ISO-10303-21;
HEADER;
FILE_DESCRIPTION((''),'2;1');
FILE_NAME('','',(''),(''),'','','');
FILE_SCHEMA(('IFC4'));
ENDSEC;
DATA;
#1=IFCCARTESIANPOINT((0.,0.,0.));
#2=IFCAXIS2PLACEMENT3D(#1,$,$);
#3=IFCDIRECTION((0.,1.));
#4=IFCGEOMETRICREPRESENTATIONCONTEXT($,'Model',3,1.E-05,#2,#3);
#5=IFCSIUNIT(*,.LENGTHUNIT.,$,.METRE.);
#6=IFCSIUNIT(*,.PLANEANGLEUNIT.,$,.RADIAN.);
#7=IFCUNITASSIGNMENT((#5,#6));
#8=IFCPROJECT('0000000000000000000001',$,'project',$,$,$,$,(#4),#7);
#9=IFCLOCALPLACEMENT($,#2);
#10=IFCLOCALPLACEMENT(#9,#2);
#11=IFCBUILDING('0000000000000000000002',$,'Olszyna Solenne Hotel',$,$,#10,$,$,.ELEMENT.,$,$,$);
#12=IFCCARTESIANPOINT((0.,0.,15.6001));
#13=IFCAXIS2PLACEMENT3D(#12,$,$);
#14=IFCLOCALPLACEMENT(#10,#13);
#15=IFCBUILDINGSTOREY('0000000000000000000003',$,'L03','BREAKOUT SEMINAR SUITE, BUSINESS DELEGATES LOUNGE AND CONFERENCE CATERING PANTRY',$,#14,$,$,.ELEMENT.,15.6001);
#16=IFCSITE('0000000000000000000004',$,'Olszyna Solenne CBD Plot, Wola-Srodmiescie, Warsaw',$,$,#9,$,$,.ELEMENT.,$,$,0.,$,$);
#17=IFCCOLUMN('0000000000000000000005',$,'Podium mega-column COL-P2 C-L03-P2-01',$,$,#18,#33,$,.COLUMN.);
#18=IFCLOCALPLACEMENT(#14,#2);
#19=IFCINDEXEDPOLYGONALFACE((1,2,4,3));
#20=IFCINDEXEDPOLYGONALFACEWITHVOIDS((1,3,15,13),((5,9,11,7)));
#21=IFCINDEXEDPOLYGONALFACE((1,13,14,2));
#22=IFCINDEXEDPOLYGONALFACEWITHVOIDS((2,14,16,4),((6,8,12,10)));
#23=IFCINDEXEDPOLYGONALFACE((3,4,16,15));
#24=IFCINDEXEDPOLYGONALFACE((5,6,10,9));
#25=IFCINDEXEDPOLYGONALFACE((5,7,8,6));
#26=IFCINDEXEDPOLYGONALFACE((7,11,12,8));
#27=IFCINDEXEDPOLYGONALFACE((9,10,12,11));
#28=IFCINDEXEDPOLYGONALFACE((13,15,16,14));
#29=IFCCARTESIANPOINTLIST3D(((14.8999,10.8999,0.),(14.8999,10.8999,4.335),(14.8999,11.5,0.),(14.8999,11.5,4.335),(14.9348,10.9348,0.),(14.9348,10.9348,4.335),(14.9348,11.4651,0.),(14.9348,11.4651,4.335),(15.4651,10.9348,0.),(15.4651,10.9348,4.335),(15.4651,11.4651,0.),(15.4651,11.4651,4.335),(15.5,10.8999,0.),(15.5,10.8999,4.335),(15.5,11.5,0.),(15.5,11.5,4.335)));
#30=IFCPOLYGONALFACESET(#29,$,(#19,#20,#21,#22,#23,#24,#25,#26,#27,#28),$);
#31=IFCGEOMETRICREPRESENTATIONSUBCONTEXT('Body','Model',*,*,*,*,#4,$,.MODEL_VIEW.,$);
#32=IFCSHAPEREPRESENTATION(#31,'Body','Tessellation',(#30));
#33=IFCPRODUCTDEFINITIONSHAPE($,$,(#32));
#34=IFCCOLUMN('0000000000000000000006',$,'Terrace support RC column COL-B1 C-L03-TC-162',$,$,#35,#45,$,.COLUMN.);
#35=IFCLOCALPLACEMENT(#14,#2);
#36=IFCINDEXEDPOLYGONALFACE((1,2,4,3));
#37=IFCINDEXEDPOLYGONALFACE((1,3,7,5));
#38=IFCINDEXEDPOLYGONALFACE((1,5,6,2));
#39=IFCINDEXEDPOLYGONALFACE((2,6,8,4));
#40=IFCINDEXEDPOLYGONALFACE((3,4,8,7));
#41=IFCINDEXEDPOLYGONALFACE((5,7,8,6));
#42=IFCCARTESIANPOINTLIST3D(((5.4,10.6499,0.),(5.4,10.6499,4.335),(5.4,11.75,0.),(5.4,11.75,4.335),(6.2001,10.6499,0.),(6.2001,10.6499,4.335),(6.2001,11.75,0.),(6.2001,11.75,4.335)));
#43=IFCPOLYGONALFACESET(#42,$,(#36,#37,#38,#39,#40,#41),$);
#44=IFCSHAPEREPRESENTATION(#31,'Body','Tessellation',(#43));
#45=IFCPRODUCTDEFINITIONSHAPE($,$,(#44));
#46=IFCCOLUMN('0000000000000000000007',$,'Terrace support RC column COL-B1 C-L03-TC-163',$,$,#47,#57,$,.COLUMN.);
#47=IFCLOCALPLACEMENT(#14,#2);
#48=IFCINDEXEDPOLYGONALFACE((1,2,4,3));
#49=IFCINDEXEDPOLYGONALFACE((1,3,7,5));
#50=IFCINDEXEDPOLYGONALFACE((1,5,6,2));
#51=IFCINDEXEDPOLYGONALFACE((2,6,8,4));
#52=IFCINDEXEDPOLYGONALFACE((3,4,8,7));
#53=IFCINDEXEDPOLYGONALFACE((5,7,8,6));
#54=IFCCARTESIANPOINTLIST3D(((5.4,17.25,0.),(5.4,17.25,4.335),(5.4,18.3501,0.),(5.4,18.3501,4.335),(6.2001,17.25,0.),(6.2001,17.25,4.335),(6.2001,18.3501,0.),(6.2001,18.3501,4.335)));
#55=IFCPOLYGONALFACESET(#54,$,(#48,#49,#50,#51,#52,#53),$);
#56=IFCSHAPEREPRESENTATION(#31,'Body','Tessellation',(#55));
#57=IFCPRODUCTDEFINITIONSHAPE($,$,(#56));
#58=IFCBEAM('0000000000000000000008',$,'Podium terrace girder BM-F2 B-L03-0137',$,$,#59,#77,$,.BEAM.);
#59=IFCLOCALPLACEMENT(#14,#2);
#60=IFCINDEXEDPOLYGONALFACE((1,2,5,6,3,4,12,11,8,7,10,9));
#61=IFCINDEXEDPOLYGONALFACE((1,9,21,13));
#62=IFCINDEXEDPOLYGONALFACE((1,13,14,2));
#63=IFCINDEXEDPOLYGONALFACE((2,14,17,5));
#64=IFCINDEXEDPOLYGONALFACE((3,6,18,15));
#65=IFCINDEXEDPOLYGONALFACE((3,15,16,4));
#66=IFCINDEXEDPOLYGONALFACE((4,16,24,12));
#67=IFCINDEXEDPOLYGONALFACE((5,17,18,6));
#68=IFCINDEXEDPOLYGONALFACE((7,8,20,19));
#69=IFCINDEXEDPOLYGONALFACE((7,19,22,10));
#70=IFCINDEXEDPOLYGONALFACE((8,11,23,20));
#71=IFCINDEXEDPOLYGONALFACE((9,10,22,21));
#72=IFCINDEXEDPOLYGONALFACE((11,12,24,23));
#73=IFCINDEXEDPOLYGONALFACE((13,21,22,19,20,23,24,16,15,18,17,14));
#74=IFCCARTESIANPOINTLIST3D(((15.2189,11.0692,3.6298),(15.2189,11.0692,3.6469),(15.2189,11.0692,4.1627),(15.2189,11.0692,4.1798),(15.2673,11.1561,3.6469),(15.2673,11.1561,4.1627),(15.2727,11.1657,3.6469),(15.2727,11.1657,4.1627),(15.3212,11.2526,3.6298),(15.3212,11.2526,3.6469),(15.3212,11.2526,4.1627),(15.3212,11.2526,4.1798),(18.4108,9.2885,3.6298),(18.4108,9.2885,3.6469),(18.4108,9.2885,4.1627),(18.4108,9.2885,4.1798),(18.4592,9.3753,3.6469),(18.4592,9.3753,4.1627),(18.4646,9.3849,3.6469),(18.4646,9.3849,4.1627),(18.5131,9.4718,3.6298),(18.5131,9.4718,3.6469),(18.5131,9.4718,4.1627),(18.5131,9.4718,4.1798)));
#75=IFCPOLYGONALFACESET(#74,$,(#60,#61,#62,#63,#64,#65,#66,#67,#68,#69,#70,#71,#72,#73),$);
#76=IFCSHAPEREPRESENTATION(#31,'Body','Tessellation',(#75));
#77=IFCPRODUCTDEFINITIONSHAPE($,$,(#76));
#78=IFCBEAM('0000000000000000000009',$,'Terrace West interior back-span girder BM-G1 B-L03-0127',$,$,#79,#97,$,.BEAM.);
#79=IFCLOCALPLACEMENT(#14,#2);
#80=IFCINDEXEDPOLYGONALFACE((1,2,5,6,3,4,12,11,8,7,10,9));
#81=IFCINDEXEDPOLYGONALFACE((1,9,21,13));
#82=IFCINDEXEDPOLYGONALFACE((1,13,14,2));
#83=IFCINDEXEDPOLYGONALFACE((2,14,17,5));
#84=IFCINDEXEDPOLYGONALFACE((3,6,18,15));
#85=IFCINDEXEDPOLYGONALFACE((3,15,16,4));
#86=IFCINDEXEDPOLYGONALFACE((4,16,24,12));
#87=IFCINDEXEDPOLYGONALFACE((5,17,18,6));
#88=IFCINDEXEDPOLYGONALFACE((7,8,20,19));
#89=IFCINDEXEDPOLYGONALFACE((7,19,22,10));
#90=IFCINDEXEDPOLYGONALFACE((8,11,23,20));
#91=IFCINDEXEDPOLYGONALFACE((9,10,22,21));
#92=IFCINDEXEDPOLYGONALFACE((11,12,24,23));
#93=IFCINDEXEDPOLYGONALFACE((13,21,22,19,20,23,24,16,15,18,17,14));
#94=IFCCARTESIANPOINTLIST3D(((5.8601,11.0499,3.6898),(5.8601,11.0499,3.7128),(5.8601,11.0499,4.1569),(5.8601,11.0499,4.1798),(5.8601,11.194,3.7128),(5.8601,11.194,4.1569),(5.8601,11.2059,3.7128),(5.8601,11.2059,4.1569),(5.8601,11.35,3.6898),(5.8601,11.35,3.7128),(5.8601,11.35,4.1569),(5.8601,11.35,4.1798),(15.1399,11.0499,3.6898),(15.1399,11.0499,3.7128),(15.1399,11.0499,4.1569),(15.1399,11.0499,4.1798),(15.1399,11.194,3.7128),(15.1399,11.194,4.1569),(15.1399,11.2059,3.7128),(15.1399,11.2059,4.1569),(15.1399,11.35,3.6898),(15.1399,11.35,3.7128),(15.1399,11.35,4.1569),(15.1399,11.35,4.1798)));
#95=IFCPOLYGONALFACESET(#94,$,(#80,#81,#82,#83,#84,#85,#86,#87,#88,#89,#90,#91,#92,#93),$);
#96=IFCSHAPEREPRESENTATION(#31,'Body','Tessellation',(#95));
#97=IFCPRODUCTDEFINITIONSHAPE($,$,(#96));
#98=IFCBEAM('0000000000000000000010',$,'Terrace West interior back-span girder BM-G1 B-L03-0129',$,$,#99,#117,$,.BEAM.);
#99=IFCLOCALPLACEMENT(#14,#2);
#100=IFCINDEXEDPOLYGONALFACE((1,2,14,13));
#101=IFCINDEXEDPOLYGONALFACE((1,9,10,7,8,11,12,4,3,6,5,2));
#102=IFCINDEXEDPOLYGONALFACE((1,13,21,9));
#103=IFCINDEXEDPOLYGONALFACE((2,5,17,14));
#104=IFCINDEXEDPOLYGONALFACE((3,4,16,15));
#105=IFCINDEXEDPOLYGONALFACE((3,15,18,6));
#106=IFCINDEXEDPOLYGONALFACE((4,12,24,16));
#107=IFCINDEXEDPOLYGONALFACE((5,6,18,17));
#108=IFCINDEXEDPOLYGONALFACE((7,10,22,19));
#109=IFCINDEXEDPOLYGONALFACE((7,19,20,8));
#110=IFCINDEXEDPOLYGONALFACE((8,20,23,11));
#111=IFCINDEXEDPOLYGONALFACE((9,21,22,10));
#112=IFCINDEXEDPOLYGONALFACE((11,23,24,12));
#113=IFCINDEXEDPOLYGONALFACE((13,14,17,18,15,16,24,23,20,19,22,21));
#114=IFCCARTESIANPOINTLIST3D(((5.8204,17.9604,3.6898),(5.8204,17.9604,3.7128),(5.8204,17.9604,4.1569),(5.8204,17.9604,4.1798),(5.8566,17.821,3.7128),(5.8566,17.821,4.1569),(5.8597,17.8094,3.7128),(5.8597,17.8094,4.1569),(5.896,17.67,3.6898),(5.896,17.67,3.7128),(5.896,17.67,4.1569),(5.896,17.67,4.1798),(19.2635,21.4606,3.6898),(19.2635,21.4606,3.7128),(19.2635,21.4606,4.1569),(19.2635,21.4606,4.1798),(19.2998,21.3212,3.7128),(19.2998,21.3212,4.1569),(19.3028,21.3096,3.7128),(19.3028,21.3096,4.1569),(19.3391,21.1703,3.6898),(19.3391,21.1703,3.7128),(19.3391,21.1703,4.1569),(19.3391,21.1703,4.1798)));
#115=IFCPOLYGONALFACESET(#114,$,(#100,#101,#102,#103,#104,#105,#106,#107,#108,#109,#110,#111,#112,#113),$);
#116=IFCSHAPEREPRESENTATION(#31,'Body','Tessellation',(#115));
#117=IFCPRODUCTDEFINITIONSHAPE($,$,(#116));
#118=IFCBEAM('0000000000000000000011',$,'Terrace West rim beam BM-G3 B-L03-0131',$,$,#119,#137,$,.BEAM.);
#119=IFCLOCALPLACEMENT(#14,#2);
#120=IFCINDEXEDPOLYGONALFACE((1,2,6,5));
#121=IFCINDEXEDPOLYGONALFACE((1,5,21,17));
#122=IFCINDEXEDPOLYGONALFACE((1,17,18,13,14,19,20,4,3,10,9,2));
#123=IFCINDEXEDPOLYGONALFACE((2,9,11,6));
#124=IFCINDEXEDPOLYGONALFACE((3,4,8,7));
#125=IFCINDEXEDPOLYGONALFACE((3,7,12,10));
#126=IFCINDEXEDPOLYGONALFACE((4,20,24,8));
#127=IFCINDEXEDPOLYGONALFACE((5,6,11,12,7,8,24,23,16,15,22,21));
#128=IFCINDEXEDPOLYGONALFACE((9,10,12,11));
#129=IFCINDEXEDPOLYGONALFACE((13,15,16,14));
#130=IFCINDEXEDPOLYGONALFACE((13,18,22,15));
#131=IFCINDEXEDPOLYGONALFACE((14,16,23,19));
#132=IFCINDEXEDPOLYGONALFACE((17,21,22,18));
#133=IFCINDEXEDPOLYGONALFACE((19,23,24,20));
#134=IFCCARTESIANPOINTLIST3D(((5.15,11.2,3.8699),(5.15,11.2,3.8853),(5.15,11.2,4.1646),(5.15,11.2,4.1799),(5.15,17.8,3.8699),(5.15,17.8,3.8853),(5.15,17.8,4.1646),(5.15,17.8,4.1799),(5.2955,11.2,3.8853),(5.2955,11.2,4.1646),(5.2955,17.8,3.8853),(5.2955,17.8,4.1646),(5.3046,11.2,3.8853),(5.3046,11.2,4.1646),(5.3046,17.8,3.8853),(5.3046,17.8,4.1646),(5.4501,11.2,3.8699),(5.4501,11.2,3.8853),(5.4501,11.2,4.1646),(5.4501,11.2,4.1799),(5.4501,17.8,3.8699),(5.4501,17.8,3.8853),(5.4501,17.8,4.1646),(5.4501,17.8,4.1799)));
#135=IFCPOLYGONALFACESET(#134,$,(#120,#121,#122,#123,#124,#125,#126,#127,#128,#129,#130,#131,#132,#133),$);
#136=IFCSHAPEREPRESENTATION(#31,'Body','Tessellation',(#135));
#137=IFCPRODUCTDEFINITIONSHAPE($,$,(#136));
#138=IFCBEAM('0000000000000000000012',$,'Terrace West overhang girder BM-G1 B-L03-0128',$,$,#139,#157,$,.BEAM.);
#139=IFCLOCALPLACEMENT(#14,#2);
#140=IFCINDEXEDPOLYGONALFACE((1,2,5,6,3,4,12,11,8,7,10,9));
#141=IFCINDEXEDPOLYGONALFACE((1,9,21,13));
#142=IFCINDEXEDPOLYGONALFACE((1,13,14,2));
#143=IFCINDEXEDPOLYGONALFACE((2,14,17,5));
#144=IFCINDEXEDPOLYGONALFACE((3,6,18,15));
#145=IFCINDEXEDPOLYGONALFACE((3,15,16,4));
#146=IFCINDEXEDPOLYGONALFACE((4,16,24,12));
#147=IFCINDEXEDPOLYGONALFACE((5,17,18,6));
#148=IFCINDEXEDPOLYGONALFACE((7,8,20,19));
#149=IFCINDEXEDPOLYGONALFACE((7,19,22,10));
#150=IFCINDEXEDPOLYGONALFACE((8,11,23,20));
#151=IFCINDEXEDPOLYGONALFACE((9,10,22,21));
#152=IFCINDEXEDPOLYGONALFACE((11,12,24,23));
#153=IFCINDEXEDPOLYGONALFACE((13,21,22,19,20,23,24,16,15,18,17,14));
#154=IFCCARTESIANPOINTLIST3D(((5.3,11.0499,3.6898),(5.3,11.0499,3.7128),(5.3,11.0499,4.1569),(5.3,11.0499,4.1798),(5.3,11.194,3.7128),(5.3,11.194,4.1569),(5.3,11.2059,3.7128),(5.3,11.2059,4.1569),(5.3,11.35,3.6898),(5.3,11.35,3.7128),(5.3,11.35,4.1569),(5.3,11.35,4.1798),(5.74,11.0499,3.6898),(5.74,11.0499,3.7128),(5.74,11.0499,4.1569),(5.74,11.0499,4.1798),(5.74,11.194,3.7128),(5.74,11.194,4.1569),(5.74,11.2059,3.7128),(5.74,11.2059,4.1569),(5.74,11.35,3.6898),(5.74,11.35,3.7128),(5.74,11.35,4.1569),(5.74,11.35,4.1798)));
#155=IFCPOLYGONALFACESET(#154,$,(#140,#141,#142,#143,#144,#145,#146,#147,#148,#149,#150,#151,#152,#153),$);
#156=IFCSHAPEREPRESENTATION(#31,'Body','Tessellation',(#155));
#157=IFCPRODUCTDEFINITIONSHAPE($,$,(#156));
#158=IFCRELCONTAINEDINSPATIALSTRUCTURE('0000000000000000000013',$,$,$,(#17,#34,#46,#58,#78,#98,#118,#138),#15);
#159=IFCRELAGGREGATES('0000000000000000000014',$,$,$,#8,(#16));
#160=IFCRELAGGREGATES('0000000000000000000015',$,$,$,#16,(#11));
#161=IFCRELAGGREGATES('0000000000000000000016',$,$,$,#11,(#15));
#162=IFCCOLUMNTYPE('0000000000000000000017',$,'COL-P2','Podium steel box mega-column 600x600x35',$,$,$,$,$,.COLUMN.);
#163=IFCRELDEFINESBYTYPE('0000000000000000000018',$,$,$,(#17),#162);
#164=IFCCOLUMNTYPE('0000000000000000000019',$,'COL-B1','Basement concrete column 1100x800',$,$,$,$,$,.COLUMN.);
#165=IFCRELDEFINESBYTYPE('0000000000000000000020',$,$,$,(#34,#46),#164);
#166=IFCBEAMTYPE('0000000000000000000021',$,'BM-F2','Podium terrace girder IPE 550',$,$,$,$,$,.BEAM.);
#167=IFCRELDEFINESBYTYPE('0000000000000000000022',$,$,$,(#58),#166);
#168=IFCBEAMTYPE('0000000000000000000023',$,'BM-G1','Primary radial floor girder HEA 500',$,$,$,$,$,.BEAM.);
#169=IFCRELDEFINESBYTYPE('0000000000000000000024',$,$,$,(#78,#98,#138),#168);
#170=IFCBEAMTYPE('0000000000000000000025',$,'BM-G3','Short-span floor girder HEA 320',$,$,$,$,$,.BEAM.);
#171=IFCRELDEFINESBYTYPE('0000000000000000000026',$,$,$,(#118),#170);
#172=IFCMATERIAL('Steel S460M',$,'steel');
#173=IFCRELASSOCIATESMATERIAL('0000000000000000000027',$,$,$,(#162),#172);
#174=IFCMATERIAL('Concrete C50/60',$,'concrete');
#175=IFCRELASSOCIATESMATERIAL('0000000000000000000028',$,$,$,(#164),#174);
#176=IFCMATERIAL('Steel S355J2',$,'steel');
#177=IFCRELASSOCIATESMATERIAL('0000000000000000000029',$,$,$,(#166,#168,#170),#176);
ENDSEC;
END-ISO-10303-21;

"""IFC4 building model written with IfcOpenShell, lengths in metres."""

from ifc_helpers import new_model, si_unit, direction, frame, origin, origin_2d, place, context, subcontext, project, spatial, rectangle, hollow_rectangle, i_section, extrude, source, transform, mapped, material, material_profile, profile_set, type_object, element, save


model = new_model("IFC4")

# Units and contexts
model_context = context("Model", 3, precision=1e-05, world=origin(), true_north=direction((0.0, 1.0)))
body_context = subcontext(model_context, "Body", "Model", "MODEL_VIEW")
ifc_project = project(units=[si_unit("LENGTHUNIT", "METRE"), si_unit("PLANEANGLEUNIT", "RADIAN")], contexts=[model_context])

# Site, building, storey
site_placement = place(None, origin())
site = spatial("IfcSite", under=ifc_project, at=site_placement, Name="Olszyna Solenne CBD Plot, Wola-Srodmiescie, Warsaw", CompositionType="ELEMENT", RefElevation=0.0)
building_placement = place(site_placement, origin())
building = spatial("IfcBuilding", under=site, at=building_placement, Name="Olszyna Solenne Hotel", CompositionType="ELEMENT")
storey_placement = place(building_placement, frame((0.0, 0.0, 15.6001)))
storey = spatial("IfcBuildingStorey", under=building, at=storey_placement, Name="L03", Description="BREAKOUT SEMINAR SUITE, BUSINESS DELEGATES LOUNGE AND CONFERENCE CATERING PANTRY", CompositionType="ELEMENT", Elevation=15.6001)

# Columns
ifc_material_1 = material(Name="Steel S460M", Category="steel")
ifc_material_profile_1 = material_profile(ifc_material_1, hollow_rectangle(XDim=0.6001, YDim=0.6001, WallThickness=0.0349, at=origin_2d()), Name="SHS 600x600x35", Category="load-bearing")
ifc_profile_set_1 = profile_set([ifc_material_profile_1], Name="Steel S460M")
column_type_1 = type_object("IfcColumnType", Name="COL-P2", Description="Podium steel box mega-column 600x600x35", PredefinedType="COLUMN", material=ifc_profile_set_1)
shared_shape_1 = source(origin(), body_context, "Body", "SweptSolid", [
    extrude(hollow_rectangle(XDim=0.6001, YDim=0.6001, WallThickness=0.0349, at=origin_2d()), origin(), (0.0, 0.0, 1.0), 4.335),
])
column_placement = place(storey_placement, frame((15.2, 11.2, 0.0), z_axis=(0.0, 0.0, 1.0), x_axis=(1.0, 0.0, 0.0)))
element("IfcColumn", 1, at=column_placement, inside=storey, type_object=column_type_1, Name="Podium mega-column COL-P2 C-L03-P2-01", PredefinedType="COLUMN", context=body_context, shape_type="MappedRepresentation", body=[
    mapped(shared_shape_1, transform((0.0, 0.0, 0.0), x_axis=(1.0, 0.0, 0.0), y_axis=(0.0, 1.0, 0.0), z_axis=(0.0, 0.0, 1.0), scale=1.0)),
])
ifc_material_2 = material(Name="Concrete C50/60", Category="concrete")
ifc_material_profile_2 = material_profile(ifc_material_2, rectangle(XDim=0.8, YDim=1.1001, at=origin_2d()), Name="RC 1100x800", Category="load-bearing")
ifc_profile_set_2 = profile_set([ifc_material_profile_2], Name="Concrete C50/60")
column_type_2 = type_object("IfcColumnType", Name="COL-B1", Description="Basement concrete column 1100x800", PredefinedType="COLUMN", material=ifc_profile_set_2)
shared_shape_2 = source(origin(), body_context, "Body", "SweptSolid", [
    extrude(rectangle(XDim=0.8, YDim=1.1001, at=origin_2d()), origin(), (0.0, 0.0, 1.0), 4.335),
])
for number, where, z_axis, x_axis, name in (
    (2, (5.8, 11.2, 0.0), (0.0, 0.0, 1.0), (1.0, 0.0, 0.0), "Terrace support RC column COL-B1 C-L03-TC-162"),
    (3, (5.8, 17.8, 0.0), (0.0, 0.0, 1.0), (1.0, 0.0, 0.0), "Terrace support RC column COL-B1 C-L03-TC-163"),
):
    element("IfcColumn", number, at=place(storey_placement, frame(where, z_axis=z_axis, x_axis=x_axis)), inside=storey, type_object=column_type_2, Name=name, PredefinedType="COLUMN", context=body_context, shape_type="MappedRepresentation", body=[
        mapped(shared_shape_2, transform((0.0, 0.0, 0.0), x_axis=(1.0, 0.0, 0.0), y_axis=(0.0, 1.0, 0.0), z_axis=(0.0, 0.0, 1.0), scale=1.0)),
    ])

# Beams
ifc_material_3 = material(Name="Steel S355J2", Category="steel")
ifc_material_profile_3 = material_profile(ifc_material_3, i_section(OverallWidth=0.21, OverallDepth=0.55, WebThickness=0.011, FlangeThickness=0.0171, at=origin_2d()), Name="IPE 550", Category="load-bearing")
ifc_profile_set_3 = profile_set([ifc_material_profile_3], Name="Steel S355J2")
beam_type_1 = type_object("IfcBeamType", Name="BM-F2", Description="Podium terrace girder IPE 550", PredefinedType="BEAM", material=ifc_profile_set_3)
shared_shape_3 = source(origin(), body_context, "Body", "SweptSolid", [
    extrude(i_section(OverallWidth=0.21, OverallDepth=0.55, WebThickness=0.011, FlangeThickness=0.0171, at=origin_2d()), origin(), (0.0, 0.0, 1.0), 3.655),
])
beam_1_placement = place(storey_placement, frame((15.27, 11.1609, 3.9048), z_axis=(0.873286, -0.487207, 0.0), x_axis=(0.487207, 0.873286, 0.0)))
element("IfcBeam", 4, at=beam_1_placement, inside=storey, type_object=beam_type_1, Name="Podium terrace girder BM-F2 B-L03-0137", PredefinedType="BEAM", context=body_context, shape_type="MappedRepresentation", body=[
    mapped(shared_shape_3, transform((0.0, 0.0, 0.0), x_axis=(1.0, 0.0, 0.0), y_axis=(0.0, 1.0, 0.0), z_axis=(0.0, 0.0, 1.0), scale=1.0)),
])
ifc_material_profile_4 = material_profile(ifc_material_3, i_section(OverallWidth=0.3, OverallDepth=0.49, WebThickness=0.012, FlangeThickness=0.0229, at=origin_2d()), Name="HEA 500", Category="load-bearing")
ifc_profile_set_4 = profile_set([ifc_material_profile_4], Name="Steel S355J2")
beam_type_2 = type_object("IfcBeamType", Name="BM-G1", Description="Primary radial floor girder HEA 500", PredefinedType="BEAM", material=ifc_profile_set_4)
shared_shape_4 = source(origin(), body_context, "Body", "SweptSolid", [
    extrude(i_section(OverallWidth=0.3, OverallDepth=0.49, WebThickness=0.012, FlangeThickness=0.0229, at=origin_2d()), origin(), (0.0, 0.0, 1.0), 9.2798),
])
beam_2_placement = place(storey_placement, frame((5.8601, 11.2, 3.9348), z_axis=(1.0, 0.0, 0.0), x_axis=(0.0, 1.0, 0.0)))
element("IfcBeam", 5, at=beam_2_placement, inside=storey, type_object=beam_type_2, Name="Terrace West interior back-span girder BM-G1 B-L03-0127", PredefinedType="BEAM", context=body_context, shape_type="MappedRepresentation", body=[
    mapped(shared_shape_4, transform((0.0, 0.0, 0.0), x_axis=(1.0, 0.0, 0.0), y_axis=(0.0, 1.0, 0.0), z_axis=(0.0, 0.0, 1.0), scale=1.0)),
])
shared_shape_5 = source(origin(), body_context, "Body", "SweptSolid", [
    extrude(i_section(OverallWidth=0.3, OverallDepth=0.49, WebThickness=0.012, FlangeThickness=0.0229, at=origin_2d()), origin(), (0.0, 0.0, 1.0), 13.8914),
])
beam_3_placement = place(storey_placement, frame((5.8582, 17.8152, 3.9348), z_axis=(0.967734, 0.251973, 0.0), x_axis=(-0.251973, 0.967734, 0.0)))
element("IfcBeam", 6, at=beam_3_placement, inside=storey, type_object=beam_type_2, Name="Terrace West interior back-span girder BM-G1 B-L03-0129", PredefinedType="BEAM", context=body_context, shape_type="MappedRepresentation", body=[
    mapped(shared_shape_5, transform((0.0, 0.0, 0.0), x_axis=(1.0, 0.0, 0.0), y_axis=(0.0, 1.0, 0.0), z_axis=(0.0, 0.0, 1.0), scale=1.0)),
])
ifc_material_profile_5 = material_profile(ifc_material_3, i_section(OverallWidth=0.3, OverallDepth=0.3101, WebThickness=0.009, FlangeThickness=0.0154, at=origin_2d()), Name="HEA 320", Category="load-bearing")
ifc_profile_set_5 = profile_set([ifc_material_profile_5], Name="Steel S355J2")
beam_type_3 = type_object("IfcBeamType", Name="BM-G3", Description="Short-span floor girder HEA 320", PredefinedType="BEAM", material=ifc_profile_set_5)
shared_shape_6 = source(origin(), body_context, "Body", "SweptSolid", [
    extrude(i_section(OverallWidth=0.3, OverallDepth=0.3101, WebThickness=0.009, FlangeThickness=0.0154, at=origin_2d()), origin(), (0.0, 0.0, 1.0), 6.6001),
])
beam_4_placement = place(storey_placement, frame((5.3, 11.2, 4.0249), z_axis=(0.0, 1.0, 0.0), x_axis=(-1.0, 0.0, 0.0)))
element("IfcBeam", 7, at=beam_4_placement, inside=storey, type_object=beam_type_3, Name="Terrace West rim beam BM-G3 B-L03-0131", PredefinedType="BEAM", context=body_context, shape_type="MappedRepresentation", body=[
    mapped(shared_shape_6, transform((0.0, 0.0, 0.0), x_axis=(1.0, 0.0, 0.0), y_axis=(0.0, 1.0, 0.0), z_axis=(0.0, 0.0, 1.0), scale=1.0)),
])
shared_shape_7 = source(origin(), body_context, "Body", "SweptSolid", [
    extrude(i_section(OverallWidth=0.3, OverallDepth=0.49, WebThickness=0.012, FlangeThickness=0.0229, at=origin_2d()), origin(), (0.0, 0.0, 1.0), 0.4399),
])
for number, where, z_axis, x_axis, name in (
    (8, (5.3, 11.2, 3.9348), (1.0, 0.0, 0.0), (0.0, 1.0, 0.0), "Terrace West overhang girder BM-G1 B-L03-0128"),
):
    element("IfcBeam", number, at=place(storey_placement, frame(where, z_axis=z_axis, x_axis=x_axis)), inside=storey, type_object=beam_type_2, Name=name, PredefinedType="BEAM", context=body_context, shape_type="MappedRepresentation", body=[
        mapped(shared_shape_7, transform((0.0, 0.0, 0.0), x_axis=(1.0, 0.0, 0.0), y_axis=(0.0, 1.0, 0.0), z_axis=(0.0, 0.0, 1.0), scale=1.0)),
    ])

save(model, "model.ifc")
